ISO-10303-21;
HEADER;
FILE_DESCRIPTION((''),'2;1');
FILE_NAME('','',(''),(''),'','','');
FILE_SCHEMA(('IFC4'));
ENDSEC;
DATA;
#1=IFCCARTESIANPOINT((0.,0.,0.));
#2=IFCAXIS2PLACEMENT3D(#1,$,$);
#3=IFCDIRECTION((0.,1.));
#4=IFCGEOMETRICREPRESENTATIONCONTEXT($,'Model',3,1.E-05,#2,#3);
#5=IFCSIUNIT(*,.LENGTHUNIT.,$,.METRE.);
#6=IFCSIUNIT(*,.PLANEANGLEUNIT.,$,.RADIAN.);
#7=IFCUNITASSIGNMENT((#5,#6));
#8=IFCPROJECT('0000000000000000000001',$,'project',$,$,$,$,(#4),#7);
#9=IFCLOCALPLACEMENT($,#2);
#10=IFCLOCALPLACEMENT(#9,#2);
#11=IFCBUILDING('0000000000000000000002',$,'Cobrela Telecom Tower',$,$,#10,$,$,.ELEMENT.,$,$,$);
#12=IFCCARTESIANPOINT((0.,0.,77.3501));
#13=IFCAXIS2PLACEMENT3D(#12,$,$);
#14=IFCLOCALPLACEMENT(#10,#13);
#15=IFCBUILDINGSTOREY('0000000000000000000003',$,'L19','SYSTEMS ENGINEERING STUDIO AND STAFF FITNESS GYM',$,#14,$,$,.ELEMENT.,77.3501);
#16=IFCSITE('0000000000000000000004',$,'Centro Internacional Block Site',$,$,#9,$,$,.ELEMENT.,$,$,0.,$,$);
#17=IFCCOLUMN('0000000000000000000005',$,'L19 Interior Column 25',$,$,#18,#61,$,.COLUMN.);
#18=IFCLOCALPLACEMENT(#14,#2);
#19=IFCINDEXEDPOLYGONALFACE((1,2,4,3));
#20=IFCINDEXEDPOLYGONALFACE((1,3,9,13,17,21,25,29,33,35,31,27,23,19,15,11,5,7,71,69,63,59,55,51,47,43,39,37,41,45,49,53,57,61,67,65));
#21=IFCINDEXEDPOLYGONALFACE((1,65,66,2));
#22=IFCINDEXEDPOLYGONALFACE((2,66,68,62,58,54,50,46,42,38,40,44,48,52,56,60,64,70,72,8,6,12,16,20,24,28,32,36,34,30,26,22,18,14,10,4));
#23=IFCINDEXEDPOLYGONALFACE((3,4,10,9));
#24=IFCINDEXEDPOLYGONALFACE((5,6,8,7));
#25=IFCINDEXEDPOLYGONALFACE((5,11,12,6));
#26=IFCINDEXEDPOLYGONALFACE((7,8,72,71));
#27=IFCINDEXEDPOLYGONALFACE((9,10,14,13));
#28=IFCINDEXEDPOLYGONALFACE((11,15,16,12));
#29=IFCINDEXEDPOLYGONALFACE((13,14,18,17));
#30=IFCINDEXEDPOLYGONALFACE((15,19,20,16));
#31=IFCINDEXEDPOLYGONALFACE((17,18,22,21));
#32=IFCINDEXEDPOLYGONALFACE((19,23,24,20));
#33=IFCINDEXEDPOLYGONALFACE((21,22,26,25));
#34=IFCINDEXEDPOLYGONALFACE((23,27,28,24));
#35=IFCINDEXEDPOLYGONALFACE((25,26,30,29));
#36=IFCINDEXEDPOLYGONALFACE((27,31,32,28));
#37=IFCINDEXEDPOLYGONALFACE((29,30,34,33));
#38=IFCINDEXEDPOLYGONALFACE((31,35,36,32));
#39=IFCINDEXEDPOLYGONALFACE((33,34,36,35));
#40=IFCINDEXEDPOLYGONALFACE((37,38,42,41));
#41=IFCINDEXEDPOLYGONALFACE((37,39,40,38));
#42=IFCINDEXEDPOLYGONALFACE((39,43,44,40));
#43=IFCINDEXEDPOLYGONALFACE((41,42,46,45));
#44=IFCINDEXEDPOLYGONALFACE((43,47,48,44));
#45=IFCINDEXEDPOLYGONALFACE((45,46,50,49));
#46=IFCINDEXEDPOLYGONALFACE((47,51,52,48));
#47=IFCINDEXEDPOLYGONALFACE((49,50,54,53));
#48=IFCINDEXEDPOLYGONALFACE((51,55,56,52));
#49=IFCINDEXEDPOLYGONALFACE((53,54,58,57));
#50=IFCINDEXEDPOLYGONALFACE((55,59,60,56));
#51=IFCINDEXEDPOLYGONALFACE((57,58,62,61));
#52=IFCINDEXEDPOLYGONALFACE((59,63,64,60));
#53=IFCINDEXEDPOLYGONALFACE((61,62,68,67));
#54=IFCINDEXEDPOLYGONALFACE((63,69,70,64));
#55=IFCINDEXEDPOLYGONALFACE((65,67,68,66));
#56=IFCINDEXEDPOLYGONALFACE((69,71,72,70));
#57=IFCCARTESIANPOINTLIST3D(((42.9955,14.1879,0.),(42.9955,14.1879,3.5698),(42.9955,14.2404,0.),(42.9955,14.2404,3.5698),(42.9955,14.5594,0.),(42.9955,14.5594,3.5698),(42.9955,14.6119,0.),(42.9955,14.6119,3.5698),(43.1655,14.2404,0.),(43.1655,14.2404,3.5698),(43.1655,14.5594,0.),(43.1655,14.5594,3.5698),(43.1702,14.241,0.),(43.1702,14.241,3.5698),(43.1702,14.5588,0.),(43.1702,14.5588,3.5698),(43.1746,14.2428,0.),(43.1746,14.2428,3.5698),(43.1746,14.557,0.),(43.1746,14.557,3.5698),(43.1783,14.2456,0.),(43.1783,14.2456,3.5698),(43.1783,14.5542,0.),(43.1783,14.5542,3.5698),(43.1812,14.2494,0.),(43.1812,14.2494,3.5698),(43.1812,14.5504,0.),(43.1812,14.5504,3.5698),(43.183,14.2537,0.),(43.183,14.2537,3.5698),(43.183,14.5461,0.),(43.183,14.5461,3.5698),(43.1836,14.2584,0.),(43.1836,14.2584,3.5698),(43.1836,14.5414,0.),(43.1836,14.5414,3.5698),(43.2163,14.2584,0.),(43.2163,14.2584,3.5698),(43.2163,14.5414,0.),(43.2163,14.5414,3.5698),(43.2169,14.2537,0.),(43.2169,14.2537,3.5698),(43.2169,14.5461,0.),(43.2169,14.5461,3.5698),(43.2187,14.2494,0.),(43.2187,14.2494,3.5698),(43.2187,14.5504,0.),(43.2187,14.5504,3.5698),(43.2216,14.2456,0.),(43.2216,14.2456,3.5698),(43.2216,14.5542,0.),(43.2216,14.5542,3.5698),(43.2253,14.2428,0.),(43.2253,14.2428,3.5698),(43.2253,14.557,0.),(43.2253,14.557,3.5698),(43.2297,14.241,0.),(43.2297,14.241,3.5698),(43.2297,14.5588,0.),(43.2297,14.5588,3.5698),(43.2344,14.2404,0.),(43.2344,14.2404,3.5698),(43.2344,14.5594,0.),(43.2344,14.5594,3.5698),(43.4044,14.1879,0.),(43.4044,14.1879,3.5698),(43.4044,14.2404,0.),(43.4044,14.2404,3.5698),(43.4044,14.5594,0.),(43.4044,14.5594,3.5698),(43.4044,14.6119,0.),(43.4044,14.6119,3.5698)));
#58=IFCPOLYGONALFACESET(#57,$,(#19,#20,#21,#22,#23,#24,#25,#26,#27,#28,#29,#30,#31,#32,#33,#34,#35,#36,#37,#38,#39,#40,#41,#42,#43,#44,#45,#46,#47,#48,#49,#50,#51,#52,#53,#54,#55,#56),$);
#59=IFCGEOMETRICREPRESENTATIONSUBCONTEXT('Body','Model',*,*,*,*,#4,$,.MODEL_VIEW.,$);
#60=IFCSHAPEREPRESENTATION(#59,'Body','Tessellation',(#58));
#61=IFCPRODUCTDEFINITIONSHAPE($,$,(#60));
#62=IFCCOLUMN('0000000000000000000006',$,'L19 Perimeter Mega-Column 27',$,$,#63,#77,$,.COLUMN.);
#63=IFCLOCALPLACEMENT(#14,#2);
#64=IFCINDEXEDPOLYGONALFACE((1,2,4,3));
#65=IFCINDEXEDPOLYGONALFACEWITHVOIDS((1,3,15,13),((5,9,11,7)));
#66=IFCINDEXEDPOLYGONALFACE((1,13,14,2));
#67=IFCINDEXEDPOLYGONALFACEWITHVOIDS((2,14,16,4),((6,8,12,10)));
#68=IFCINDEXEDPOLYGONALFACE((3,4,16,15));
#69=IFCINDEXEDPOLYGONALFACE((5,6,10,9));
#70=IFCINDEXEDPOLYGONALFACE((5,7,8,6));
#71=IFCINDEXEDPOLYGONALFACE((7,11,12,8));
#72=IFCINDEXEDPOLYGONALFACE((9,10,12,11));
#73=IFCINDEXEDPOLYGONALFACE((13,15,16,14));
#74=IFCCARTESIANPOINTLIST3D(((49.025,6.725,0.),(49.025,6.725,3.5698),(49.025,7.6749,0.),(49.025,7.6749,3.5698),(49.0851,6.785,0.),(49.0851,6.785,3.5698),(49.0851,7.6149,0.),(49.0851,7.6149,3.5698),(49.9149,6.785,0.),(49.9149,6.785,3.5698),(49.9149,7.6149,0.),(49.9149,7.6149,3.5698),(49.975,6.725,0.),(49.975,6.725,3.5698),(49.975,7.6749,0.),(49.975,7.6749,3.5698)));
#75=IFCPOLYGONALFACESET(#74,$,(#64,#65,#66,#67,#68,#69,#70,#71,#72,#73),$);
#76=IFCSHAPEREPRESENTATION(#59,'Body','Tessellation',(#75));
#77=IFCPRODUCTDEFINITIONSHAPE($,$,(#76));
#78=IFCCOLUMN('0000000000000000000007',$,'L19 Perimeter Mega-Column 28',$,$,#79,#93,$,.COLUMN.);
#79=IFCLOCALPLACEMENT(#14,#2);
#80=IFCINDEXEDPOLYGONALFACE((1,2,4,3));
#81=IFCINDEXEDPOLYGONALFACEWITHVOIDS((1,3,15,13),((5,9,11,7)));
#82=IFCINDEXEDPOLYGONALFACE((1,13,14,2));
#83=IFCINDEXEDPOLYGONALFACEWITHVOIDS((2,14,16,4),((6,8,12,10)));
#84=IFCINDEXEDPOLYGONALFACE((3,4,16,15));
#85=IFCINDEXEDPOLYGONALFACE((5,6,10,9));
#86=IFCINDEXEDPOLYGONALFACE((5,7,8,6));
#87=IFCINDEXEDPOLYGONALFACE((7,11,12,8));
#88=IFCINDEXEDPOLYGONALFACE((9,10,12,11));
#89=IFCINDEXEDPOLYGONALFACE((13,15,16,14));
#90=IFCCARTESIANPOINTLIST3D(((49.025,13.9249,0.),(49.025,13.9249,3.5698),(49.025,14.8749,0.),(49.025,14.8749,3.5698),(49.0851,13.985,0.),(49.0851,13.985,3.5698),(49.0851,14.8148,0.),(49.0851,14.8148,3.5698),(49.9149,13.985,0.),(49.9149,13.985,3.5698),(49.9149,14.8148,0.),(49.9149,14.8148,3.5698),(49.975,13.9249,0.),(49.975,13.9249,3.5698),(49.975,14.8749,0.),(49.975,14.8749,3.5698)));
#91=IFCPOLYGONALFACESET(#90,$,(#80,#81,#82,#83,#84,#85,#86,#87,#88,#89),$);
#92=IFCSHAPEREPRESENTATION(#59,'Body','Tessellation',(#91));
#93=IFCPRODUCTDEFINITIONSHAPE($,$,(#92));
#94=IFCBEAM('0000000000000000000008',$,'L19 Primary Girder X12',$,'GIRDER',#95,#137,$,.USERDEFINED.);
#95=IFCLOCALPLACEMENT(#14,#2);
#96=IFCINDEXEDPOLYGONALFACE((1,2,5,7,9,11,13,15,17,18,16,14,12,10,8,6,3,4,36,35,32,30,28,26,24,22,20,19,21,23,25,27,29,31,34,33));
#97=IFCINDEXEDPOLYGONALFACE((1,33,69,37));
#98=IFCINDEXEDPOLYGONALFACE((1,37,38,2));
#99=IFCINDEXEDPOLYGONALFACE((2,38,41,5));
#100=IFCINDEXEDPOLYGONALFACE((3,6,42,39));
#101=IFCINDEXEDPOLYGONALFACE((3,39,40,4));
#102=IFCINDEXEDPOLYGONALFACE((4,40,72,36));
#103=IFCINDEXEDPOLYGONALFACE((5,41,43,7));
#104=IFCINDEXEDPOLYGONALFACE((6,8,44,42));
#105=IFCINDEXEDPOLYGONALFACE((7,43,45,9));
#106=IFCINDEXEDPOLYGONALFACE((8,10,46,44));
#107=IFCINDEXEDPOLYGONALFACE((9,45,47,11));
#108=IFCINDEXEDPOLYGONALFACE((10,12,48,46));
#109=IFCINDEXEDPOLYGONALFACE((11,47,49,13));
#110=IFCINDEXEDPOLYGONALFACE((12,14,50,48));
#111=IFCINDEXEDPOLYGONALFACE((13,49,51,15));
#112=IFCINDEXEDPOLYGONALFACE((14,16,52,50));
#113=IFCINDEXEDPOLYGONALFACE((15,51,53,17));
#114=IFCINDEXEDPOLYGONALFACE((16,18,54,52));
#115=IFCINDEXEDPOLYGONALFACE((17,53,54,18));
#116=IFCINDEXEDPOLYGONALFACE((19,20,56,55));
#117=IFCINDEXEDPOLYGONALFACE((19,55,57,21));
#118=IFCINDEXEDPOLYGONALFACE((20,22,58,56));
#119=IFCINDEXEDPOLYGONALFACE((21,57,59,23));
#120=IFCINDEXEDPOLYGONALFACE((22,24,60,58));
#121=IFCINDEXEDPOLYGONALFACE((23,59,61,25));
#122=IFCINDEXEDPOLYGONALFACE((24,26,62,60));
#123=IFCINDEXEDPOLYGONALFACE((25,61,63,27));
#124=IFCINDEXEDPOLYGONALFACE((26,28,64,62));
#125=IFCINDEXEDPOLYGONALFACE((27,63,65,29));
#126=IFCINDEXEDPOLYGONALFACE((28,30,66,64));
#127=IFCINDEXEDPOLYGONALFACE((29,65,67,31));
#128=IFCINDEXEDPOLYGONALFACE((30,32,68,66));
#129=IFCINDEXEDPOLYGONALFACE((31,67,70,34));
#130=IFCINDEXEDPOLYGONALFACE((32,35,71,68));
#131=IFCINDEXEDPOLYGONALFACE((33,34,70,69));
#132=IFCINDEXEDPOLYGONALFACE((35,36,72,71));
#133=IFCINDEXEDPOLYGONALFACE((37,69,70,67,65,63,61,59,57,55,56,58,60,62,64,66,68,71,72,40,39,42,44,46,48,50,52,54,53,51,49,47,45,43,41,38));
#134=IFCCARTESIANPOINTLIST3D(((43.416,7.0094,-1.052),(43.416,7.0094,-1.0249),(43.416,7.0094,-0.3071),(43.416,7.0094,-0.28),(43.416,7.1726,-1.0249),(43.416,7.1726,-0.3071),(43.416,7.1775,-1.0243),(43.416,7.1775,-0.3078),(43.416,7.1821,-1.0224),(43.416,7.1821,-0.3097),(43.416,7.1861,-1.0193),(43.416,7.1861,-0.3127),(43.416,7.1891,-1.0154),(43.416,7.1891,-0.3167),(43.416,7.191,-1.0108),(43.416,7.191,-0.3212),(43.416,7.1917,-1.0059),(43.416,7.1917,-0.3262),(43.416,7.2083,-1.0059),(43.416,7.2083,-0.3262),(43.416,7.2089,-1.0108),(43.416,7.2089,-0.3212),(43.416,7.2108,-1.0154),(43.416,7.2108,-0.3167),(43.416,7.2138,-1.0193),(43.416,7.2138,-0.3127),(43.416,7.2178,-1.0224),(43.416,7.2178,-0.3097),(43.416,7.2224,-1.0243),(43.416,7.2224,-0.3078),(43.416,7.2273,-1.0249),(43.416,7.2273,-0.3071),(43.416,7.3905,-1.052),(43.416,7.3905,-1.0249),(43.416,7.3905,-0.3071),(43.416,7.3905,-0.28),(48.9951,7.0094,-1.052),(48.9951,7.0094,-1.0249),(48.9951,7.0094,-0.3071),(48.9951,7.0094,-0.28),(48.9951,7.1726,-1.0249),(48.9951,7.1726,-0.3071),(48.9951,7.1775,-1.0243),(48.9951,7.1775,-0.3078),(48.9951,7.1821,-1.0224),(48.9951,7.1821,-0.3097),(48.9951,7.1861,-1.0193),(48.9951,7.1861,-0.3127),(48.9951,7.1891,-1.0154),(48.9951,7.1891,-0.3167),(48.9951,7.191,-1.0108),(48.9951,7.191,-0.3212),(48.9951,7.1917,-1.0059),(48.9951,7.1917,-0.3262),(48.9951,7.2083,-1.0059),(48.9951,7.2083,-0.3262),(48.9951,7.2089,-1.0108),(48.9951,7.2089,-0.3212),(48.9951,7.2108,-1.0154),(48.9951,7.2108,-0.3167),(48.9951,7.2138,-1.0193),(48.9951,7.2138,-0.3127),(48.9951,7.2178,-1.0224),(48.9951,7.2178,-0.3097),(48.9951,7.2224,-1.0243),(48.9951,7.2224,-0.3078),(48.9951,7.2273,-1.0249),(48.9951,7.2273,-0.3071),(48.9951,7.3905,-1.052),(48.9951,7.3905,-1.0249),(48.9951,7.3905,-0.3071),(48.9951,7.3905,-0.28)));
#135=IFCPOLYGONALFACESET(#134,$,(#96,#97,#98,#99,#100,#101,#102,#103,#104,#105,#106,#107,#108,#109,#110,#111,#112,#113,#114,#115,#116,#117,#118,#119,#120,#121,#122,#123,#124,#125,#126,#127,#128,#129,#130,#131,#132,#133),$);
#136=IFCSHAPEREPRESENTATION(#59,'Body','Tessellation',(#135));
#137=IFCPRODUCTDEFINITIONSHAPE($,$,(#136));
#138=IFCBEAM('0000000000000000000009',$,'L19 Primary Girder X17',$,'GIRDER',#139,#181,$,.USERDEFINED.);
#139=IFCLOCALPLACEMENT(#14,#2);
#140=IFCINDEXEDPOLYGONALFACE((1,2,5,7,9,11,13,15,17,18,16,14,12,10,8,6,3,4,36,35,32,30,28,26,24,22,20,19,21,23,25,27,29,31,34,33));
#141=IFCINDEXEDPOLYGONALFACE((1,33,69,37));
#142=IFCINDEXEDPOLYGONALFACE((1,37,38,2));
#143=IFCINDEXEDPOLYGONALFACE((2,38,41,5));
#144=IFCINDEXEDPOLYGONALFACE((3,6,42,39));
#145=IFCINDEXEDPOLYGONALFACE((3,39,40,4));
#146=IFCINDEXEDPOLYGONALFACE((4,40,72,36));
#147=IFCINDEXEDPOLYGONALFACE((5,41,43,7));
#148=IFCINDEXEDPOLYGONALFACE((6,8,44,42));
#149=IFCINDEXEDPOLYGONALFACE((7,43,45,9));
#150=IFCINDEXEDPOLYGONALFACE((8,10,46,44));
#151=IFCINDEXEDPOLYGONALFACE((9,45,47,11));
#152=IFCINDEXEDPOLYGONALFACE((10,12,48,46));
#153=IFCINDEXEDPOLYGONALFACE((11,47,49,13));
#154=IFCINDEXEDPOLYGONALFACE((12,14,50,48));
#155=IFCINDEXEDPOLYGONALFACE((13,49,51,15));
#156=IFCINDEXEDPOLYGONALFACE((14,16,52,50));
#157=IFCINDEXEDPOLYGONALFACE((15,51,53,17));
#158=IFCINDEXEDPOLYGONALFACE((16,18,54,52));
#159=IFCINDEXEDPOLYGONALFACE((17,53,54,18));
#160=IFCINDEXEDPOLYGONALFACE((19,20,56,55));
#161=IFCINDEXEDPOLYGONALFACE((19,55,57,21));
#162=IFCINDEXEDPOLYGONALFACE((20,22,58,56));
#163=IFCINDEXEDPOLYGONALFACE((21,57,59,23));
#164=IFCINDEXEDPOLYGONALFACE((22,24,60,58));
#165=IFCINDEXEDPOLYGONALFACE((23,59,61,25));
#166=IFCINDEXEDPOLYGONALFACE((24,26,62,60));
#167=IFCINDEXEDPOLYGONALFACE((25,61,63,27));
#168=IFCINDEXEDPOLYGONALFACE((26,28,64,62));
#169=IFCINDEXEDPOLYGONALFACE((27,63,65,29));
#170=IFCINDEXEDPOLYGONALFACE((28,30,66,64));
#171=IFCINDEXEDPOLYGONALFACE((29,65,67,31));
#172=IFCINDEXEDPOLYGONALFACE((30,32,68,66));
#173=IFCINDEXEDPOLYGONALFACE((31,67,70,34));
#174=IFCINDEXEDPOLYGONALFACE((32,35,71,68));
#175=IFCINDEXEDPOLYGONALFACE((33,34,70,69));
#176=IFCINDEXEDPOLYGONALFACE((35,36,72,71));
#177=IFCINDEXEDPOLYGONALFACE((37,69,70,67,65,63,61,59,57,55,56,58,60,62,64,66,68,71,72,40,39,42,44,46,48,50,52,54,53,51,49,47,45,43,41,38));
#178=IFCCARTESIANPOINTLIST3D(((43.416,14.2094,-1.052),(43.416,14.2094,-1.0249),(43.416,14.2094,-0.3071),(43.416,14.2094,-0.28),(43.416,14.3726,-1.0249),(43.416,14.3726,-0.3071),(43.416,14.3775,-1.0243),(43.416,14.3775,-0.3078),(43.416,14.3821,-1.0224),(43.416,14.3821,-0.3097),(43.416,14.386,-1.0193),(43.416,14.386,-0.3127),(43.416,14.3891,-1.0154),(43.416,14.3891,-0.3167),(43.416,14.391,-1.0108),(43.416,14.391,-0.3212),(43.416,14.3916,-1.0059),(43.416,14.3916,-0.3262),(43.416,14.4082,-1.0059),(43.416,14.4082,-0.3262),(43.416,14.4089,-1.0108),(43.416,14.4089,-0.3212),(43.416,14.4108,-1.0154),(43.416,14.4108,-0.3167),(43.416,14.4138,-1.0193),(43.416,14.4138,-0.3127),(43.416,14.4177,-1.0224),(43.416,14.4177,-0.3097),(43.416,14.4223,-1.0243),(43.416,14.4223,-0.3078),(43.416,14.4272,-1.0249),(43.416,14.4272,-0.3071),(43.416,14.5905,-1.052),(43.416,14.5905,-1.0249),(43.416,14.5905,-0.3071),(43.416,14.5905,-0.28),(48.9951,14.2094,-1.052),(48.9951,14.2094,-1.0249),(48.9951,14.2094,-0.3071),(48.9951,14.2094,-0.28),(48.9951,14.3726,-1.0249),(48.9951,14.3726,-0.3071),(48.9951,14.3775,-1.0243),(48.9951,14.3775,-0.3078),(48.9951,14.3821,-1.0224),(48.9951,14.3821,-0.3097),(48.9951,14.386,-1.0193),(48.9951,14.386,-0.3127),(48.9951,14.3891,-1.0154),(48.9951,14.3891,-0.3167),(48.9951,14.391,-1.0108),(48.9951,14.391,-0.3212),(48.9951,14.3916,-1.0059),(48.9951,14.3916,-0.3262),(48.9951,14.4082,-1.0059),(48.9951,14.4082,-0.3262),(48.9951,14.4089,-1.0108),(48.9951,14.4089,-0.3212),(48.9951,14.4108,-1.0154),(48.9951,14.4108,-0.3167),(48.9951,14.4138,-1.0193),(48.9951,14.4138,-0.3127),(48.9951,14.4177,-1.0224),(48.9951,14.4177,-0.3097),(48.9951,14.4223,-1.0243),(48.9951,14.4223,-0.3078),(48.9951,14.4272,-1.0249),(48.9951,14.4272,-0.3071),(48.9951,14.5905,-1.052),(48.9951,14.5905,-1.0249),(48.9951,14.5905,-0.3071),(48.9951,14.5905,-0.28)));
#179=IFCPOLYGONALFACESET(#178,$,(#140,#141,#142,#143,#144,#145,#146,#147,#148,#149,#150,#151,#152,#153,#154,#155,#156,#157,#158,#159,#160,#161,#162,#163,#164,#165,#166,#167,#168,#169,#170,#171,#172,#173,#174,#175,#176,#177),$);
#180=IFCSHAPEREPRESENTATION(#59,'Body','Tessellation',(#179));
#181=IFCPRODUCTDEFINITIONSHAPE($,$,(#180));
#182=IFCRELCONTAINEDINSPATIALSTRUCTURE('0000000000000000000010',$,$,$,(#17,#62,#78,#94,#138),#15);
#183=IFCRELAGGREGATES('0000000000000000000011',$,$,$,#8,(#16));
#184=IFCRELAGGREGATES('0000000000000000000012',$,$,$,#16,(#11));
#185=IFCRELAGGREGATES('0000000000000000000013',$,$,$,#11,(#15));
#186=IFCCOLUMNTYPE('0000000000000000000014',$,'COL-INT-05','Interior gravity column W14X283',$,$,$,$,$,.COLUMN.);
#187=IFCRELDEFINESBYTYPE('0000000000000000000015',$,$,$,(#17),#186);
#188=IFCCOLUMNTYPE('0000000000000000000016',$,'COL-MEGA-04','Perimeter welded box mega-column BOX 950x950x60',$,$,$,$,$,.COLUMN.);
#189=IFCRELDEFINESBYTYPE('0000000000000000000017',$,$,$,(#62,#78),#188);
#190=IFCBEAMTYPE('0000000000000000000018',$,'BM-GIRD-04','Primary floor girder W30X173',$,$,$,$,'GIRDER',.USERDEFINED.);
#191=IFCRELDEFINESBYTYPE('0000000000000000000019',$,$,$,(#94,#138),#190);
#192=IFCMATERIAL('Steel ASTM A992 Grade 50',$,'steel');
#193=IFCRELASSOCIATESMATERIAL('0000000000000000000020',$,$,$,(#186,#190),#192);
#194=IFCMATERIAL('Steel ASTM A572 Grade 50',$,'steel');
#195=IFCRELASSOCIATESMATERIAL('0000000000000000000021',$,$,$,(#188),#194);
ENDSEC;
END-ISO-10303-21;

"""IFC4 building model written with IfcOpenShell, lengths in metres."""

from ifc_helpers import new_model, si_unit, direction, frame, origin, origin_2d, place, context, subcontext, project, spatial, hollow_rectangle, i_section, extrude, material, material_profile, profile_set, type_object, element, save


model = new_model("IFC4")

# Units and contexts
model_context = context("Model", 3, precision=1e-05, world=origin(), true_north=direction((0.0, 1.0)))
body_context = subcontext(model_context, "Body", "Model", "MODEL_VIEW")
ifc_project = project(units=[si_unit("LENGTHUNIT", "METRE"), si_unit("PLANEANGLEUNIT", "RADIAN")], contexts=[model_context])

# Site, building, storey
site_placement = place(None, origin())
site = spatial("IfcSite", under=ifc_project, at=site_placement, Name="Centro Internacional Block Site", CompositionType="ELEMENT", RefElevation=0.0)
building_placement = place(site_placement, origin())
building = spatial("IfcBuilding", under=site, at=building_placement, Name="Cobrela Telecom Tower", CompositionType="ELEMENT")
storey_placement = place(building_placement, frame((0.0, 0.0, 77.3501)))
storey = spatial("IfcBuildingStorey", under=building, at=storey_placement, Name="L19", Description="SYSTEMS ENGINEERING STUDIO AND STAFF FITNESS GYM", CompositionType="ELEMENT", Elevation=77.3501)

# Columns
ifc_material_1 = material(Name="Steel ASTM A992 Grade 50", Category="steel")
ifc_material_profile_1 = material_profile(ifc_material_1, i_section(OverallWidth=0.4089, OverallDepth=0.4241, WebThickness=0.0327, FlangeThickness=0.0525, FilletRadius=0.0181, at=origin_2d()), Name="W14X283")
ifc_profile_set_1 = profile_set([ifc_material_profile_1], Name="Steel ASTM A992 Grade 50")
column_type_1 = type_object("IfcColumnType", Name="COL-INT-05", Description="Interior gravity column W14X283", PredefinedType="COLUMN", material=ifc_profile_set_1)
column_placement = place(storey_placement, frame((43.2, 14.3999, 0.0), z_axis=(0.0, 0.0, 1.0), x_axis=(1.0, 0.0, 0.0)))
element("IfcColumn", 1, at=column_placement, inside=storey, type_object=column_type_1, Name="L19 Interior Column 25", PredefinedType="COLUMN", context=body_context, shape_type="SweptSolid", body=[
    extrude(i_section(OverallWidth=0.4089, OverallDepth=0.4241, WebThickness=0.0327, FlangeThickness=0.0525, FilletRadius=0.0181, at=origin_2d()), origin(), (0.0, 0.0, 1.0), 3.5698),
])
ifc_material_2 = material(Name="Steel ASTM A572 Grade 50", Category="steel")
ifc_material_profile_2 = material_profile(ifc_material_2, hollow_rectangle(XDim=0.95, YDim=0.95, WallThickness=0.0601, at=origin_2d()), Name="BOX 950x950x60")
ifc_profile_set_2 = profile_set([ifc_material_profile_2], Name="Steel ASTM A572 Grade 50")
column_type_2 = type_object("IfcColumnType", Name="COL-MEGA-04", Description="Perimeter welded box mega-column BOX 950x950x60", PredefinedType="COLUMN", material=ifc_profile_set_2)
for number, where, z_axis, x_axis, name in (
    (2, (49.5, 7.2, 0.0), (0.0, 0.0, 1.0), (1.0, 0.0, 0.0), "L19 Perimeter Mega-Column 27"),
    (3, (49.5, 14.3999, 0.0), (0.0, 0.0, 1.0), (1.0, 0.0, 0.0), "L19 Perimeter Mega-Column 28"),
):
    element("IfcColumn", number, at=place(storey_placement, frame(where, z_axis=z_axis, x_axis=x_axis)), inside=storey, type_object=column_type_2, Name=name, PredefinedType="COLUMN", context=body_context, shape_type="SweptSolid", body=[
        extrude(hollow_rectangle(XDim=0.95, YDim=0.95, WallThickness=0.0601, at=origin_2d()), origin(), (0.0, 0.0, 1.0), 3.5698),
    ])

# Beams
ifc_material_profile_3 = material_profile(ifc_material_1, i_section(OverallWidth=0.3811, OverallDepth=0.772, WebThickness=0.0166, FlangeThickness=0.0271, FilletRadius=0.019, at=origin_2d()), Name="W30X173")
ifc_profile_set_3 = profile_set([ifc_material_profile_3], Name="Steel ASTM A992 Grade 50")
beam_type_1 = type_object("IfcBeamType", Name="BM-GIRD-04", Description="Primary floor girder W30X173", ElementType="GIRDER", PredefinedType="USERDEFINED", material=ifc_profile_set_3)
for number, where, z_axis, x_axis, name in (
    (4, (43.416, 7.2, -0.666), (1.0, 0.0, 0.0), (0.0, 1.0, 0.0), "L19 Primary Girder X12"),
    (5, (43.416, 14.3999, -0.666), (1.0, 0.0, 0.0), (0.0, 1.0, 0.0), "L19 Primary Girder X17"),
):
    element("IfcBeam", number, at=place(storey_placement, frame(where, z_axis=z_axis, x_axis=x_axis)), inside=storey, type_object=beam_type_1, Name=name, ObjectType="GIRDER", PredefinedType="USERDEFINED", context=body_context, shape_type="SweptSolid", body=[
        extrude(i_section(OverallWidth=0.3811, OverallDepth=0.772, WebThickness=0.0166, FlangeThickness=0.0271, FilletRadius=0.019, at=origin_2d()), origin(), (0.0, 0.0, 1.0), 5.5791),
    ])

save(model, "model.ifc")
